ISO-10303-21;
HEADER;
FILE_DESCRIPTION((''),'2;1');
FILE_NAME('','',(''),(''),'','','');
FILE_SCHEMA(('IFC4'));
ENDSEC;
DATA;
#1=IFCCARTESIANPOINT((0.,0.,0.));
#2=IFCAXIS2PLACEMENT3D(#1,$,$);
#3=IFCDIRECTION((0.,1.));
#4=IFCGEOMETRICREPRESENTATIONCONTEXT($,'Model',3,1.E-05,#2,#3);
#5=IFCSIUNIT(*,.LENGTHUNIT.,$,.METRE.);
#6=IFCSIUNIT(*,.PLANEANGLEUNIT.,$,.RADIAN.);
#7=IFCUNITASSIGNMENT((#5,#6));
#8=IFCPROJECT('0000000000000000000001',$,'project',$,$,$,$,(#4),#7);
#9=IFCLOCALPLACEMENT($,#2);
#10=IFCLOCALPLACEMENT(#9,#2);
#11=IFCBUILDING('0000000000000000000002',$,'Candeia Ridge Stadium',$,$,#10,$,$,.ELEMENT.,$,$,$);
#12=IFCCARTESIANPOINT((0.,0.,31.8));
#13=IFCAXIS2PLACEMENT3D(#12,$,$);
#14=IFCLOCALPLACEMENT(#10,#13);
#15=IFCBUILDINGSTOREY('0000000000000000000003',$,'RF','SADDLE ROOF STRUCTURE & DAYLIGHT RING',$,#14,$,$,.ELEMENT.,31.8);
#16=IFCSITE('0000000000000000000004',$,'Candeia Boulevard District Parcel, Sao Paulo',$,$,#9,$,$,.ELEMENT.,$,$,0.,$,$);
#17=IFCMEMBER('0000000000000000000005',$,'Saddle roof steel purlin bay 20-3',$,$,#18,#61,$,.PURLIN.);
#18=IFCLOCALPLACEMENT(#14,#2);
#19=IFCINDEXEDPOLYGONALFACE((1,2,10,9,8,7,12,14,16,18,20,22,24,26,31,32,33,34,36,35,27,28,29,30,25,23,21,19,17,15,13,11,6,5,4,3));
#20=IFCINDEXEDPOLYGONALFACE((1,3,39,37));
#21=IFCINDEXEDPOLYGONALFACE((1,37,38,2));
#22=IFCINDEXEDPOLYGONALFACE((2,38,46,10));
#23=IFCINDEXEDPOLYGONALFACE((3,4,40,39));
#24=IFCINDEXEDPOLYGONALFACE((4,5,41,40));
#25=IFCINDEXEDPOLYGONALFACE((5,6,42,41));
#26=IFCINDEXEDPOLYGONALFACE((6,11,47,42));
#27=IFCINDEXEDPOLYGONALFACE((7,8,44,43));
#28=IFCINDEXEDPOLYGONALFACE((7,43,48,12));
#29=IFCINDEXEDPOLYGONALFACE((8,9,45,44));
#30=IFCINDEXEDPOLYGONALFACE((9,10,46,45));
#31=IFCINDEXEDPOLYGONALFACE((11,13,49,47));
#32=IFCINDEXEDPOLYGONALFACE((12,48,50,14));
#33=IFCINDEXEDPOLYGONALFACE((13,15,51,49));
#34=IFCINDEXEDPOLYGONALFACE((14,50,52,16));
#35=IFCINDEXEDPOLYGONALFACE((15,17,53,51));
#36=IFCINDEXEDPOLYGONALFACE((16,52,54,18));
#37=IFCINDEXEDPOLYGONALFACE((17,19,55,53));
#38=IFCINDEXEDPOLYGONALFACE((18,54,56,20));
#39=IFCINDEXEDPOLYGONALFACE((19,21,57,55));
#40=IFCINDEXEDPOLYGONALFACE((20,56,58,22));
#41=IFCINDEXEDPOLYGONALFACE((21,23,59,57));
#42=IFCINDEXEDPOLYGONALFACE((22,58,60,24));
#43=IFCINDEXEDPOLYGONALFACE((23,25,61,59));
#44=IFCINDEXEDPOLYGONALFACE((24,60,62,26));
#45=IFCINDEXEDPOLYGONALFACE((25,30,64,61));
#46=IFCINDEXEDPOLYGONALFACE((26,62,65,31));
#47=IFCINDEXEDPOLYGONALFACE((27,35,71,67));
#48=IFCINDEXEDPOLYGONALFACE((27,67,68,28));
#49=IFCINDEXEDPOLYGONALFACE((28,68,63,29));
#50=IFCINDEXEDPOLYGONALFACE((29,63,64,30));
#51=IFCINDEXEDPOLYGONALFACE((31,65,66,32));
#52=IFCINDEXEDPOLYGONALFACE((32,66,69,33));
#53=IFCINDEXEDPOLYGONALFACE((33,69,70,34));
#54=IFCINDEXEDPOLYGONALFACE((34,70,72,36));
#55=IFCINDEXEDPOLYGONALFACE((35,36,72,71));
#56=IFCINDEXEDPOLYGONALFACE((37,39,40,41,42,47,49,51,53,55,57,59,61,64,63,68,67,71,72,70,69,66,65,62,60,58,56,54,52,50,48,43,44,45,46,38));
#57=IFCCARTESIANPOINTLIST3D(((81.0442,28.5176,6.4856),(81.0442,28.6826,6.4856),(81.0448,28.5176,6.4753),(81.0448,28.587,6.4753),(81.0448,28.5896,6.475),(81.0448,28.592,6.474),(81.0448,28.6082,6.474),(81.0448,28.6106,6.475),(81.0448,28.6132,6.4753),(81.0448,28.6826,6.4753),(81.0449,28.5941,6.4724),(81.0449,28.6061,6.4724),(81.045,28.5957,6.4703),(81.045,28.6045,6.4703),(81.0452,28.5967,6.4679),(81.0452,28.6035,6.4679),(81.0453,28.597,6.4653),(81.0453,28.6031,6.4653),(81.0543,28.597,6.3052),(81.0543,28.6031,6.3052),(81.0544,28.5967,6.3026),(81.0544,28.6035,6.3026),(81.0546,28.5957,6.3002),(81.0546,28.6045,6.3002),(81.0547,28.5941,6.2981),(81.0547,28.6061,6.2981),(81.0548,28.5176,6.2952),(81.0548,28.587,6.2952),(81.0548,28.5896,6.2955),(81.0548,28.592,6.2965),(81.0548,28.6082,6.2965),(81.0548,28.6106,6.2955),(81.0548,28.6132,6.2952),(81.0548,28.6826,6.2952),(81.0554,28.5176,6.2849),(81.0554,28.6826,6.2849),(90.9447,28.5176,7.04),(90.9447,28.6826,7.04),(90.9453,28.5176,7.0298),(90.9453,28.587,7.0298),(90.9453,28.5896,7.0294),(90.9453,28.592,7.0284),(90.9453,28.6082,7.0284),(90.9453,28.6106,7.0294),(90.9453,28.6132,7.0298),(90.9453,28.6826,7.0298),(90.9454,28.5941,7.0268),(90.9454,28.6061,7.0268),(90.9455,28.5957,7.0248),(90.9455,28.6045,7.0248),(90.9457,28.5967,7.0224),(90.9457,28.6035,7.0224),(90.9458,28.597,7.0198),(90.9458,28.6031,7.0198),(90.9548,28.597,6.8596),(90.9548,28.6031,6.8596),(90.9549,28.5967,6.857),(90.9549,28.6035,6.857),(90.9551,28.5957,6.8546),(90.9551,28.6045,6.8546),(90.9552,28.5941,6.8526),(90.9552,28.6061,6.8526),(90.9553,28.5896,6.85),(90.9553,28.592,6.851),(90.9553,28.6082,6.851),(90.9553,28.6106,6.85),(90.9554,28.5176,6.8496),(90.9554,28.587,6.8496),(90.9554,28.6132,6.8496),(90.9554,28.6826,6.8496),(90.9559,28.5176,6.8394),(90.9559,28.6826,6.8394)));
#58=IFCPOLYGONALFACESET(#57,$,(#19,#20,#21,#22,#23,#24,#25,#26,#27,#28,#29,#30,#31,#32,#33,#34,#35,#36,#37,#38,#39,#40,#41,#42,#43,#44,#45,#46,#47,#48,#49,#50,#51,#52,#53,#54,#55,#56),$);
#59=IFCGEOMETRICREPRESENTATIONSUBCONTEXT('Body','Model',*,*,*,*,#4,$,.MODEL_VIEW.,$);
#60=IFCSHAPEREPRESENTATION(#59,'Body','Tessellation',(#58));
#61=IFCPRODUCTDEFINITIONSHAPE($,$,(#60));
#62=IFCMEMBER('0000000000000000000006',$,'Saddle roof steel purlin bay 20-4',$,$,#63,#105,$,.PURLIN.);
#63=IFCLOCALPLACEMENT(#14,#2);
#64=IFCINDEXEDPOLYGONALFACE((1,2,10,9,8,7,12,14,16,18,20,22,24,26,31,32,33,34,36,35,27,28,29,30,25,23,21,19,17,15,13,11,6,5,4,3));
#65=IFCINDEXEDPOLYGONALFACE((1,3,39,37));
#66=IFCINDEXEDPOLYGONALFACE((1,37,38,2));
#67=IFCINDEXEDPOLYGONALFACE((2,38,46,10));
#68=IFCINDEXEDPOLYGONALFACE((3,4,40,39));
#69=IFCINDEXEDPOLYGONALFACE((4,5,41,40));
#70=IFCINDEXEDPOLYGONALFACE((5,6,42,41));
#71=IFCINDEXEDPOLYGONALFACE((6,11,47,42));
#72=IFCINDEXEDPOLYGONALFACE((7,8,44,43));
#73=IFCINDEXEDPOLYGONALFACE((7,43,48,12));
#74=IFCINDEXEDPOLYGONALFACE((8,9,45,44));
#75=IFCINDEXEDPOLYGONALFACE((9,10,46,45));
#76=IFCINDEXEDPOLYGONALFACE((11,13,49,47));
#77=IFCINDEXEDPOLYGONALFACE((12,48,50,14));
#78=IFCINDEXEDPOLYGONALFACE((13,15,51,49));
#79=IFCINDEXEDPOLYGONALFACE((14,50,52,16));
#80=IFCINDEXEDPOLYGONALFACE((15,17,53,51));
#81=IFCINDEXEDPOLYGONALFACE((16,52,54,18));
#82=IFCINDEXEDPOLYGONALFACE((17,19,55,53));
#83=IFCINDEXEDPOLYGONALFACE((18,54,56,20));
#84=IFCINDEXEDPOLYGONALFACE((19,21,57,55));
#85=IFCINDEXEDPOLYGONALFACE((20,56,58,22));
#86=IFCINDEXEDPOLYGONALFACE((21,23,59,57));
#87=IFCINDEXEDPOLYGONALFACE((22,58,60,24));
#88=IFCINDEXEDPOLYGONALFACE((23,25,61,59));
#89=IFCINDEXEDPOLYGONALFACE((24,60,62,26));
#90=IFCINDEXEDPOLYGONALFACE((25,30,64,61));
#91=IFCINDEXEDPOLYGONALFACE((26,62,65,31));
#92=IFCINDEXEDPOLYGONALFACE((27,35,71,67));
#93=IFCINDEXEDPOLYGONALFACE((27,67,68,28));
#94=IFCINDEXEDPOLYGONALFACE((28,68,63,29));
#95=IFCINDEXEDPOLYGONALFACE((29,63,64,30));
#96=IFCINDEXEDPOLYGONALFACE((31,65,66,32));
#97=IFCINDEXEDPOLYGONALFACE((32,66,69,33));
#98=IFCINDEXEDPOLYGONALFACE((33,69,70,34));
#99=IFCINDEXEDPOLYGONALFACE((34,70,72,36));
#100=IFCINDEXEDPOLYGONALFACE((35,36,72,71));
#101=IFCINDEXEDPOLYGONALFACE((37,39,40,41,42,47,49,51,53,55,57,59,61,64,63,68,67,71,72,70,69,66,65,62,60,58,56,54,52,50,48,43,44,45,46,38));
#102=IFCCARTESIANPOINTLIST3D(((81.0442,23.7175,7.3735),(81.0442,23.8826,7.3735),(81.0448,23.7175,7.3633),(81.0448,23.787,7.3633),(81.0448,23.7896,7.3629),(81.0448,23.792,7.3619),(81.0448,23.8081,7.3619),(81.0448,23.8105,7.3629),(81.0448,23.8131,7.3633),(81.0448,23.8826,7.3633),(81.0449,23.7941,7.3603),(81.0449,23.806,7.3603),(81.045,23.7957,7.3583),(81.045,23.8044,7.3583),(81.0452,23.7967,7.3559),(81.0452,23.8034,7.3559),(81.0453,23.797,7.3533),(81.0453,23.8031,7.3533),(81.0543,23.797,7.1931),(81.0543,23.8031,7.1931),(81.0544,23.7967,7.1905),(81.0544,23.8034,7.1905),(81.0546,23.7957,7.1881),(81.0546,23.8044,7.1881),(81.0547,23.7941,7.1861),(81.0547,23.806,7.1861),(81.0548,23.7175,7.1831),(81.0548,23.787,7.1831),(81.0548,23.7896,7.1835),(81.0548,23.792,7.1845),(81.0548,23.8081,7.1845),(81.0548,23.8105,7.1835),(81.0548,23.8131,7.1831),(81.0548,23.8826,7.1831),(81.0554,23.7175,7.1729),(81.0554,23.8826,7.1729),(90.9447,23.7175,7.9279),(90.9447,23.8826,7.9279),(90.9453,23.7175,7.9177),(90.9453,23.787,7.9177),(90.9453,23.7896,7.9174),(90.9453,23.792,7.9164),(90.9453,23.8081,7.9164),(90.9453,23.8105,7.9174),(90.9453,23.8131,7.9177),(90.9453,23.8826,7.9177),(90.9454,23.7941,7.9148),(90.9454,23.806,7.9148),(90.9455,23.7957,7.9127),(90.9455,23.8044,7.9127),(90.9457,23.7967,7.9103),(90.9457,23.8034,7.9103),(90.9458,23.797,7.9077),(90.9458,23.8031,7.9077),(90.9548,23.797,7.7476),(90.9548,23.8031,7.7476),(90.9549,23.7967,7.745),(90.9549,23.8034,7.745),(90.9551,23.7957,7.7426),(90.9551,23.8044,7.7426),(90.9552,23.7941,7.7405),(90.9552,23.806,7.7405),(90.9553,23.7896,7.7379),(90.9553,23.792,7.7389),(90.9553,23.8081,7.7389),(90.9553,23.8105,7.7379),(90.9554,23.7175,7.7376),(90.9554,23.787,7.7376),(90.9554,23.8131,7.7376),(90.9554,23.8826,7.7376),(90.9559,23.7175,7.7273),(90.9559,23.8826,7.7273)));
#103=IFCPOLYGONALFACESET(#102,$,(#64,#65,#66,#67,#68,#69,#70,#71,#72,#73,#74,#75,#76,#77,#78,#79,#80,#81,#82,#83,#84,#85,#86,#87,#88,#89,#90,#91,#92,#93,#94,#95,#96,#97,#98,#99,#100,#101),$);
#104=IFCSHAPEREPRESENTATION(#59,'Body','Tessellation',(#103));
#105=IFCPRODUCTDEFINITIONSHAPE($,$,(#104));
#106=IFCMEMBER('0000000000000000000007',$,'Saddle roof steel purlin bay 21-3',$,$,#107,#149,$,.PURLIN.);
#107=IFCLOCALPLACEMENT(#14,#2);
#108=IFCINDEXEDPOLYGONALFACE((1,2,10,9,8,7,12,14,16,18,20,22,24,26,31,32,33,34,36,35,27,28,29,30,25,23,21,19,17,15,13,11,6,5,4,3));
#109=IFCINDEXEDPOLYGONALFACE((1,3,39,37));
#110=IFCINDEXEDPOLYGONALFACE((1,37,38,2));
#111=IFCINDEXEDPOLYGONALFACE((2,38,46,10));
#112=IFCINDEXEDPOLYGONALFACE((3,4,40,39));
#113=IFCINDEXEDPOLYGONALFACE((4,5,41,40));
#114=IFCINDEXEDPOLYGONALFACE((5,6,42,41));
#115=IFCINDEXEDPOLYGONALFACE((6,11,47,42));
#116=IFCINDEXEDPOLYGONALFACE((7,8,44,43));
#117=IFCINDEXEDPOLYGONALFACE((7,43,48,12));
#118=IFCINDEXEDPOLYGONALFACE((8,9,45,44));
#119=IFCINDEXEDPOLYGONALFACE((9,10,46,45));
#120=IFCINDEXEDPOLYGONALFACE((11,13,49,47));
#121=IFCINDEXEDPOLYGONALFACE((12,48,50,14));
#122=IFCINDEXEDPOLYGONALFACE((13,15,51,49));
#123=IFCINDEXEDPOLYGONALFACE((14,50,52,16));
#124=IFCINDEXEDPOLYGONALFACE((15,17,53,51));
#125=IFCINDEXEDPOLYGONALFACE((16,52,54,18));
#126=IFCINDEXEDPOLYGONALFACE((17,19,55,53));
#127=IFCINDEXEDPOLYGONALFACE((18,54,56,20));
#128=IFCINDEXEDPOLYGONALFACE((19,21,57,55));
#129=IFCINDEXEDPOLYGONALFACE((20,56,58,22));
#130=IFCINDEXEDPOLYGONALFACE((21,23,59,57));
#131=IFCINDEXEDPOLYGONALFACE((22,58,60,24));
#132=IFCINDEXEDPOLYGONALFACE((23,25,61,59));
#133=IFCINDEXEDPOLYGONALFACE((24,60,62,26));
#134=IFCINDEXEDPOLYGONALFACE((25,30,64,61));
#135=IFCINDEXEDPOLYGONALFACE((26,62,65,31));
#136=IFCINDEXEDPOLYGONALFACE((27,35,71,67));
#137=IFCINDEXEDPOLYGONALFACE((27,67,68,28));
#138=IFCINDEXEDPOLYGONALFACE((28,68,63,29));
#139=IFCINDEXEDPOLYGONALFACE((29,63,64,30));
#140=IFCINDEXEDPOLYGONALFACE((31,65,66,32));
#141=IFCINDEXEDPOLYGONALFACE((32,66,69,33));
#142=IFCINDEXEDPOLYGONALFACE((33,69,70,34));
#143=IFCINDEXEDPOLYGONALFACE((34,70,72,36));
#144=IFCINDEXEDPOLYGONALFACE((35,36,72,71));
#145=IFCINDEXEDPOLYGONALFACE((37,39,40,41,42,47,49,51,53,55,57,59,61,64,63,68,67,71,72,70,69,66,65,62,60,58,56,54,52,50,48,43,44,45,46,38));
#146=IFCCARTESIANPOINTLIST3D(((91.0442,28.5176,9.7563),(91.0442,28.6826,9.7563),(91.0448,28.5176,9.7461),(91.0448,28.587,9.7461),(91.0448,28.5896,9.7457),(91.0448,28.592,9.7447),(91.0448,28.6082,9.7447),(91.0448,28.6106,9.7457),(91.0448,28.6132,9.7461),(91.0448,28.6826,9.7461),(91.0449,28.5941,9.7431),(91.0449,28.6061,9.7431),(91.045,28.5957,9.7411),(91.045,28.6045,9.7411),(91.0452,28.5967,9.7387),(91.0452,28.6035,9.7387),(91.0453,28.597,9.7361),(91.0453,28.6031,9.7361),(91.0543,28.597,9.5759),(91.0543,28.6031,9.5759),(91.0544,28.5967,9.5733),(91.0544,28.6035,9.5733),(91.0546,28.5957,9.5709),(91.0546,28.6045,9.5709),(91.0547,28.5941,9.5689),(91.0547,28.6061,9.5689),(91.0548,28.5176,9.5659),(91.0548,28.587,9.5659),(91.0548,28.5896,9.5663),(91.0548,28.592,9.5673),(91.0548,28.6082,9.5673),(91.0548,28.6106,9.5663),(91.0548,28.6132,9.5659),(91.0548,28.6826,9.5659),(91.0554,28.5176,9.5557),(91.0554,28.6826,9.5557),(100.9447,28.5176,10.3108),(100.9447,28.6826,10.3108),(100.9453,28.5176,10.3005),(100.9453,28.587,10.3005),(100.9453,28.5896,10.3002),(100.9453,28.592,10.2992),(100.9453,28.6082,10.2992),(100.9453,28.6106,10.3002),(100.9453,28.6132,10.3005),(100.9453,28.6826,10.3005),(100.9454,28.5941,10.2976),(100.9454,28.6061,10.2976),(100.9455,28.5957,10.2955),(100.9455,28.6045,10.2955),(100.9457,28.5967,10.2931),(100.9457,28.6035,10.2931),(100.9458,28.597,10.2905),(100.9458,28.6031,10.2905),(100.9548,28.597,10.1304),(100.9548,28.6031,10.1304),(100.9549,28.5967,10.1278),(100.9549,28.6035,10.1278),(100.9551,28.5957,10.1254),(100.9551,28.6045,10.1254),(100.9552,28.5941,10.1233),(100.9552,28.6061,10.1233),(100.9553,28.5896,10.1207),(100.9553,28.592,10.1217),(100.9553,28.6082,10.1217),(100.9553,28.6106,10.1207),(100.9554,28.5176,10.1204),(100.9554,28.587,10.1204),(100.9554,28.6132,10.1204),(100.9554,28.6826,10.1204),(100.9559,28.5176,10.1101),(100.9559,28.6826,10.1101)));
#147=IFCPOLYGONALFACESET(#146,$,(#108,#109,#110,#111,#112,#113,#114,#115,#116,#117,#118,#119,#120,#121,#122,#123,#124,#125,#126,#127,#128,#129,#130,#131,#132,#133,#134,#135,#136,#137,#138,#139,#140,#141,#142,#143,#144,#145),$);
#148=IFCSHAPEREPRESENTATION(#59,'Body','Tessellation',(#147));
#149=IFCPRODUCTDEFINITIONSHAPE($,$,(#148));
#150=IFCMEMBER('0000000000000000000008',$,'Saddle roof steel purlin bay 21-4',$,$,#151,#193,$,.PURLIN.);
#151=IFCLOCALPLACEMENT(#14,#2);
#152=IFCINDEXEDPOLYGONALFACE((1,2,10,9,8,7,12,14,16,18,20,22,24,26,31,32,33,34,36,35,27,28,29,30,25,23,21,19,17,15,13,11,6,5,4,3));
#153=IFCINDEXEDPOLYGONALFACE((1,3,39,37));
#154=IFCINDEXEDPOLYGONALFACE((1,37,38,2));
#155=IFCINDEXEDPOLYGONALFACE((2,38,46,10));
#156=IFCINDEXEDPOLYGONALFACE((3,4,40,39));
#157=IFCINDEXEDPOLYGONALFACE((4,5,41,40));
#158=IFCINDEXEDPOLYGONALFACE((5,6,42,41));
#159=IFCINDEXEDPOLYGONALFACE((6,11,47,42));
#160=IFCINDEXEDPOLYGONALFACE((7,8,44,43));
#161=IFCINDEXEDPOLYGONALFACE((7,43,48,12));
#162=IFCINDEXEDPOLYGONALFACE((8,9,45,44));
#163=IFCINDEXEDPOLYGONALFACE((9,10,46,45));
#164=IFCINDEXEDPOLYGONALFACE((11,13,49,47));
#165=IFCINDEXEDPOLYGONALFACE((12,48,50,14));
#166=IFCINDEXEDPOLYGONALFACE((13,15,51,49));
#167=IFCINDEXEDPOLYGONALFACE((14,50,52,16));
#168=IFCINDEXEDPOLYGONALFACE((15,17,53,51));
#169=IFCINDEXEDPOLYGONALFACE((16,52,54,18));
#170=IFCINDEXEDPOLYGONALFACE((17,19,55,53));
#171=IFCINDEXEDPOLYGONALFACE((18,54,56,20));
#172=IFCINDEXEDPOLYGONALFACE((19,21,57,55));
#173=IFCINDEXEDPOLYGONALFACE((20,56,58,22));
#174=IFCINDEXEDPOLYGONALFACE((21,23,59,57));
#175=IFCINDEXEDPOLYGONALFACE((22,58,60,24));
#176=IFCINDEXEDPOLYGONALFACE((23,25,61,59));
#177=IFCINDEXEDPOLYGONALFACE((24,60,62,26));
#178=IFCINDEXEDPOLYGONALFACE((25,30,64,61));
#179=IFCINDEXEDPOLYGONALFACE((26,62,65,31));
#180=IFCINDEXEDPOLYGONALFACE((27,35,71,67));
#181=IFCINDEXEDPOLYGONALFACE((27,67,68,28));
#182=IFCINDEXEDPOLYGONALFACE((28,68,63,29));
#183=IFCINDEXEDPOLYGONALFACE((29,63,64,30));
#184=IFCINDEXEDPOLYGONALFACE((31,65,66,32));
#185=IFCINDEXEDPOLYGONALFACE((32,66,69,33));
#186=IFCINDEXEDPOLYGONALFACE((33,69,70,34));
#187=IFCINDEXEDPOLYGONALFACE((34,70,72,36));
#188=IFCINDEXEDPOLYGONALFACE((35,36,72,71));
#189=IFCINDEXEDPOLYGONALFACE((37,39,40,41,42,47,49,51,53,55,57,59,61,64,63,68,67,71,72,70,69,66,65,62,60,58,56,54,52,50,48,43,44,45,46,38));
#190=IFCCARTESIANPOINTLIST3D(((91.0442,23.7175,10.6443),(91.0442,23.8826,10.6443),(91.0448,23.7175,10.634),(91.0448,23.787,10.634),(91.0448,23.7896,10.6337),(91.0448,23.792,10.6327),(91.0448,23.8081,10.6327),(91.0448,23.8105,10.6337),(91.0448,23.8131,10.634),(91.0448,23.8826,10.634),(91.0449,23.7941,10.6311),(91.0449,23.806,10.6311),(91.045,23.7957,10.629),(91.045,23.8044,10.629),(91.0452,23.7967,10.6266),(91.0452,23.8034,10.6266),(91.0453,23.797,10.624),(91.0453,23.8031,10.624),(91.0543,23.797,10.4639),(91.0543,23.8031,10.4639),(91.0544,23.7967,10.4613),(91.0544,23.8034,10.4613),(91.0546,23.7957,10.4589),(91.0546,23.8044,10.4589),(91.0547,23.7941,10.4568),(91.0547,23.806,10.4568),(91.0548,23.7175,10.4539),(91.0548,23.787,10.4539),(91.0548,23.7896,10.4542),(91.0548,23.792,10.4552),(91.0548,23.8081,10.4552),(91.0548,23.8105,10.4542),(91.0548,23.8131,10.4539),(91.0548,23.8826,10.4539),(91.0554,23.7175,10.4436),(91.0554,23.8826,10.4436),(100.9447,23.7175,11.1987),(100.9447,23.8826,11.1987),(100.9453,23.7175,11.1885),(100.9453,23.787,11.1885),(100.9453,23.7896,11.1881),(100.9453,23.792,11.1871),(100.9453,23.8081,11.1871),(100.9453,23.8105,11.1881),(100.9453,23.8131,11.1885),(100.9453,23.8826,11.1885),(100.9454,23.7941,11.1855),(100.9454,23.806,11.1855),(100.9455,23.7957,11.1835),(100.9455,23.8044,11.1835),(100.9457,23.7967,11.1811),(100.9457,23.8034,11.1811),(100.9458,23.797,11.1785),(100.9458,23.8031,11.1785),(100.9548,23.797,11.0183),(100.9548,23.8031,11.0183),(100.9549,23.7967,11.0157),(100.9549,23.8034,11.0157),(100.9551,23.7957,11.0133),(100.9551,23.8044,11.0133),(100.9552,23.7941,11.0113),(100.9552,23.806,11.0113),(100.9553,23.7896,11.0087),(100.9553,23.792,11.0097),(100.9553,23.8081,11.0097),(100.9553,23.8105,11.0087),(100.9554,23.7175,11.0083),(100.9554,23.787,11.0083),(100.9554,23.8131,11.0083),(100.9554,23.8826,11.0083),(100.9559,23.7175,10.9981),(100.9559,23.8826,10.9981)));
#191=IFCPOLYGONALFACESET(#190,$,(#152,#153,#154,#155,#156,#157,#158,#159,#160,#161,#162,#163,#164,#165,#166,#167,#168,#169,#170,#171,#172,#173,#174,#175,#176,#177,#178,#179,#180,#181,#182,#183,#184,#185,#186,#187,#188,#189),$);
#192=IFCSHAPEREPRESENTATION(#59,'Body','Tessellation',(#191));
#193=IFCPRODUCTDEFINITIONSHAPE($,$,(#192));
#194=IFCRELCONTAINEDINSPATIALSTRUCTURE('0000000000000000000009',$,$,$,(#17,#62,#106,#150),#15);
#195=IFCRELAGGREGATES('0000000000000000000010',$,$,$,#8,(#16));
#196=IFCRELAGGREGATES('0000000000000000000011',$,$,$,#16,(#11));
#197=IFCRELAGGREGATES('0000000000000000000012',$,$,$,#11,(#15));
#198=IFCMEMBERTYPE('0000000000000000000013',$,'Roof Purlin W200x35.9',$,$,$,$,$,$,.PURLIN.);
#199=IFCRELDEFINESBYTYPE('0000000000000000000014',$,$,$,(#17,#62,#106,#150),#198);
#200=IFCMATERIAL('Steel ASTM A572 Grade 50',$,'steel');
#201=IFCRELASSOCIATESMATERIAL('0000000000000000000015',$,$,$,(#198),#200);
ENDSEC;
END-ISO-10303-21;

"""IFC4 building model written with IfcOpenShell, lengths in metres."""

from ifc_helpers import new_model, si_unit, direction, frame, origin, origin_2d, place, context, subcontext, project, spatial, i_section, extrude, material, material_profile, profile_set, type_object, element, save


model = new_model("IFC4")

# Units and contexts
model_context = context("Model", 3, precision=1e-05, world=origin(), true_north=direction((0.0, 1.0)))
body_context = subcontext(model_context, "Body", "Model", "MODEL_VIEW")
ifc_project = project(units=[si_unit("LENGTHUNIT", "METRE"), si_unit("PLANEANGLEUNIT", "RADIAN")], contexts=[model_context])

# Site, building, storey
site_placement = place(None, origin())
site = spatial("IfcSite", under=ifc_project, at=site_placement, Name="Candeia Boulevard District Parcel, Sao Paulo", CompositionType="ELEMENT", RefElevation=0.0)
building_placement = place(site_placement, origin())
building = spatial("IfcBuilding", under=site, at=building_placement, Name="Candeia Ridge Stadium", CompositionType="ELEMENT")
storey_placement = place(building_placement, frame((0.0, 0.0, 31.8)))
storey = spatial("IfcBuildingStorey", under=building, at=storey_placement, Name="RF", Description="SADDLE ROOF STRUCTURE & DAYLIGHT RING", CompositionType="ELEMENT", Elevation=31.8)

# Shared definitions
ifc_material = material(Name="Steel ASTM A572 Grade 50", Category="steel")

# Members
ifc_material_profile_1 = material_profile(ifc_material, i_section(OverallWidth=0.165, OverallDepth=0.2009, WebThickness=0.0061, FlangeThickness=0.0103, FilletRadius=0.01, at=origin_2d()), Name="W200x35.9", Category="steel")
ifc_profile_set_1 = profile_set([ifc_material_profile_1], Name="Steel ASTM A572 Grade 50")
member_type_1 = type_object("IfcMemberType", Name="Roof Purlin W200x35.9", PredefinedType="PURLIN", material=ifc_profile_set_1)
for number, where, z_axis, x_axis, name in (
    (1, (81.0498, 28.6001, 6.3853), (0.998436, 0.0, 0.055915), (0.0, 1.0, 0.0), "Saddle roof steel purlin bay 20-3"),
    (2, (81.0498, 23.8, 7.2732), (0.998436, 0.0, 0.055915), (0.0, 1.0, 0.0), "Saddle roof steel purlin bay 20-4"),
    (3, (91.0498, 28.6001, 9.656), (0.998436, 0.0, 0.055915), (0.0, 1.0, 0.0), "Saddle roof steel purlin bay 21-3"),
    (4, (91.0498, 23.8, 10.5439), (0.998436, 0.0, 0.055915), (0.0, 1.0, 0.0), "Saddle roof steel purlin bay 21-4"),
):
    element("IfcMember", number, at=place(storey_placement, frame(where, z_axis=z_axis, x_axis=x_axis)), inside=storey, type_object=member_type_1, Name=name, PredefinedType="PURLIN", context=body_context, shape_type="SweptSolid", body=[
        extrude(i_section(OverallWidth=0.165, OverallDepth=0.2009, WebThickness=0.0061, FlangeThickness=0.0103, FilletRadius=0.01, at=origin_2d()), origin(), (0.0, 0.0, 1.0), 9.916),
    ])

save(model, "model.ifc")
